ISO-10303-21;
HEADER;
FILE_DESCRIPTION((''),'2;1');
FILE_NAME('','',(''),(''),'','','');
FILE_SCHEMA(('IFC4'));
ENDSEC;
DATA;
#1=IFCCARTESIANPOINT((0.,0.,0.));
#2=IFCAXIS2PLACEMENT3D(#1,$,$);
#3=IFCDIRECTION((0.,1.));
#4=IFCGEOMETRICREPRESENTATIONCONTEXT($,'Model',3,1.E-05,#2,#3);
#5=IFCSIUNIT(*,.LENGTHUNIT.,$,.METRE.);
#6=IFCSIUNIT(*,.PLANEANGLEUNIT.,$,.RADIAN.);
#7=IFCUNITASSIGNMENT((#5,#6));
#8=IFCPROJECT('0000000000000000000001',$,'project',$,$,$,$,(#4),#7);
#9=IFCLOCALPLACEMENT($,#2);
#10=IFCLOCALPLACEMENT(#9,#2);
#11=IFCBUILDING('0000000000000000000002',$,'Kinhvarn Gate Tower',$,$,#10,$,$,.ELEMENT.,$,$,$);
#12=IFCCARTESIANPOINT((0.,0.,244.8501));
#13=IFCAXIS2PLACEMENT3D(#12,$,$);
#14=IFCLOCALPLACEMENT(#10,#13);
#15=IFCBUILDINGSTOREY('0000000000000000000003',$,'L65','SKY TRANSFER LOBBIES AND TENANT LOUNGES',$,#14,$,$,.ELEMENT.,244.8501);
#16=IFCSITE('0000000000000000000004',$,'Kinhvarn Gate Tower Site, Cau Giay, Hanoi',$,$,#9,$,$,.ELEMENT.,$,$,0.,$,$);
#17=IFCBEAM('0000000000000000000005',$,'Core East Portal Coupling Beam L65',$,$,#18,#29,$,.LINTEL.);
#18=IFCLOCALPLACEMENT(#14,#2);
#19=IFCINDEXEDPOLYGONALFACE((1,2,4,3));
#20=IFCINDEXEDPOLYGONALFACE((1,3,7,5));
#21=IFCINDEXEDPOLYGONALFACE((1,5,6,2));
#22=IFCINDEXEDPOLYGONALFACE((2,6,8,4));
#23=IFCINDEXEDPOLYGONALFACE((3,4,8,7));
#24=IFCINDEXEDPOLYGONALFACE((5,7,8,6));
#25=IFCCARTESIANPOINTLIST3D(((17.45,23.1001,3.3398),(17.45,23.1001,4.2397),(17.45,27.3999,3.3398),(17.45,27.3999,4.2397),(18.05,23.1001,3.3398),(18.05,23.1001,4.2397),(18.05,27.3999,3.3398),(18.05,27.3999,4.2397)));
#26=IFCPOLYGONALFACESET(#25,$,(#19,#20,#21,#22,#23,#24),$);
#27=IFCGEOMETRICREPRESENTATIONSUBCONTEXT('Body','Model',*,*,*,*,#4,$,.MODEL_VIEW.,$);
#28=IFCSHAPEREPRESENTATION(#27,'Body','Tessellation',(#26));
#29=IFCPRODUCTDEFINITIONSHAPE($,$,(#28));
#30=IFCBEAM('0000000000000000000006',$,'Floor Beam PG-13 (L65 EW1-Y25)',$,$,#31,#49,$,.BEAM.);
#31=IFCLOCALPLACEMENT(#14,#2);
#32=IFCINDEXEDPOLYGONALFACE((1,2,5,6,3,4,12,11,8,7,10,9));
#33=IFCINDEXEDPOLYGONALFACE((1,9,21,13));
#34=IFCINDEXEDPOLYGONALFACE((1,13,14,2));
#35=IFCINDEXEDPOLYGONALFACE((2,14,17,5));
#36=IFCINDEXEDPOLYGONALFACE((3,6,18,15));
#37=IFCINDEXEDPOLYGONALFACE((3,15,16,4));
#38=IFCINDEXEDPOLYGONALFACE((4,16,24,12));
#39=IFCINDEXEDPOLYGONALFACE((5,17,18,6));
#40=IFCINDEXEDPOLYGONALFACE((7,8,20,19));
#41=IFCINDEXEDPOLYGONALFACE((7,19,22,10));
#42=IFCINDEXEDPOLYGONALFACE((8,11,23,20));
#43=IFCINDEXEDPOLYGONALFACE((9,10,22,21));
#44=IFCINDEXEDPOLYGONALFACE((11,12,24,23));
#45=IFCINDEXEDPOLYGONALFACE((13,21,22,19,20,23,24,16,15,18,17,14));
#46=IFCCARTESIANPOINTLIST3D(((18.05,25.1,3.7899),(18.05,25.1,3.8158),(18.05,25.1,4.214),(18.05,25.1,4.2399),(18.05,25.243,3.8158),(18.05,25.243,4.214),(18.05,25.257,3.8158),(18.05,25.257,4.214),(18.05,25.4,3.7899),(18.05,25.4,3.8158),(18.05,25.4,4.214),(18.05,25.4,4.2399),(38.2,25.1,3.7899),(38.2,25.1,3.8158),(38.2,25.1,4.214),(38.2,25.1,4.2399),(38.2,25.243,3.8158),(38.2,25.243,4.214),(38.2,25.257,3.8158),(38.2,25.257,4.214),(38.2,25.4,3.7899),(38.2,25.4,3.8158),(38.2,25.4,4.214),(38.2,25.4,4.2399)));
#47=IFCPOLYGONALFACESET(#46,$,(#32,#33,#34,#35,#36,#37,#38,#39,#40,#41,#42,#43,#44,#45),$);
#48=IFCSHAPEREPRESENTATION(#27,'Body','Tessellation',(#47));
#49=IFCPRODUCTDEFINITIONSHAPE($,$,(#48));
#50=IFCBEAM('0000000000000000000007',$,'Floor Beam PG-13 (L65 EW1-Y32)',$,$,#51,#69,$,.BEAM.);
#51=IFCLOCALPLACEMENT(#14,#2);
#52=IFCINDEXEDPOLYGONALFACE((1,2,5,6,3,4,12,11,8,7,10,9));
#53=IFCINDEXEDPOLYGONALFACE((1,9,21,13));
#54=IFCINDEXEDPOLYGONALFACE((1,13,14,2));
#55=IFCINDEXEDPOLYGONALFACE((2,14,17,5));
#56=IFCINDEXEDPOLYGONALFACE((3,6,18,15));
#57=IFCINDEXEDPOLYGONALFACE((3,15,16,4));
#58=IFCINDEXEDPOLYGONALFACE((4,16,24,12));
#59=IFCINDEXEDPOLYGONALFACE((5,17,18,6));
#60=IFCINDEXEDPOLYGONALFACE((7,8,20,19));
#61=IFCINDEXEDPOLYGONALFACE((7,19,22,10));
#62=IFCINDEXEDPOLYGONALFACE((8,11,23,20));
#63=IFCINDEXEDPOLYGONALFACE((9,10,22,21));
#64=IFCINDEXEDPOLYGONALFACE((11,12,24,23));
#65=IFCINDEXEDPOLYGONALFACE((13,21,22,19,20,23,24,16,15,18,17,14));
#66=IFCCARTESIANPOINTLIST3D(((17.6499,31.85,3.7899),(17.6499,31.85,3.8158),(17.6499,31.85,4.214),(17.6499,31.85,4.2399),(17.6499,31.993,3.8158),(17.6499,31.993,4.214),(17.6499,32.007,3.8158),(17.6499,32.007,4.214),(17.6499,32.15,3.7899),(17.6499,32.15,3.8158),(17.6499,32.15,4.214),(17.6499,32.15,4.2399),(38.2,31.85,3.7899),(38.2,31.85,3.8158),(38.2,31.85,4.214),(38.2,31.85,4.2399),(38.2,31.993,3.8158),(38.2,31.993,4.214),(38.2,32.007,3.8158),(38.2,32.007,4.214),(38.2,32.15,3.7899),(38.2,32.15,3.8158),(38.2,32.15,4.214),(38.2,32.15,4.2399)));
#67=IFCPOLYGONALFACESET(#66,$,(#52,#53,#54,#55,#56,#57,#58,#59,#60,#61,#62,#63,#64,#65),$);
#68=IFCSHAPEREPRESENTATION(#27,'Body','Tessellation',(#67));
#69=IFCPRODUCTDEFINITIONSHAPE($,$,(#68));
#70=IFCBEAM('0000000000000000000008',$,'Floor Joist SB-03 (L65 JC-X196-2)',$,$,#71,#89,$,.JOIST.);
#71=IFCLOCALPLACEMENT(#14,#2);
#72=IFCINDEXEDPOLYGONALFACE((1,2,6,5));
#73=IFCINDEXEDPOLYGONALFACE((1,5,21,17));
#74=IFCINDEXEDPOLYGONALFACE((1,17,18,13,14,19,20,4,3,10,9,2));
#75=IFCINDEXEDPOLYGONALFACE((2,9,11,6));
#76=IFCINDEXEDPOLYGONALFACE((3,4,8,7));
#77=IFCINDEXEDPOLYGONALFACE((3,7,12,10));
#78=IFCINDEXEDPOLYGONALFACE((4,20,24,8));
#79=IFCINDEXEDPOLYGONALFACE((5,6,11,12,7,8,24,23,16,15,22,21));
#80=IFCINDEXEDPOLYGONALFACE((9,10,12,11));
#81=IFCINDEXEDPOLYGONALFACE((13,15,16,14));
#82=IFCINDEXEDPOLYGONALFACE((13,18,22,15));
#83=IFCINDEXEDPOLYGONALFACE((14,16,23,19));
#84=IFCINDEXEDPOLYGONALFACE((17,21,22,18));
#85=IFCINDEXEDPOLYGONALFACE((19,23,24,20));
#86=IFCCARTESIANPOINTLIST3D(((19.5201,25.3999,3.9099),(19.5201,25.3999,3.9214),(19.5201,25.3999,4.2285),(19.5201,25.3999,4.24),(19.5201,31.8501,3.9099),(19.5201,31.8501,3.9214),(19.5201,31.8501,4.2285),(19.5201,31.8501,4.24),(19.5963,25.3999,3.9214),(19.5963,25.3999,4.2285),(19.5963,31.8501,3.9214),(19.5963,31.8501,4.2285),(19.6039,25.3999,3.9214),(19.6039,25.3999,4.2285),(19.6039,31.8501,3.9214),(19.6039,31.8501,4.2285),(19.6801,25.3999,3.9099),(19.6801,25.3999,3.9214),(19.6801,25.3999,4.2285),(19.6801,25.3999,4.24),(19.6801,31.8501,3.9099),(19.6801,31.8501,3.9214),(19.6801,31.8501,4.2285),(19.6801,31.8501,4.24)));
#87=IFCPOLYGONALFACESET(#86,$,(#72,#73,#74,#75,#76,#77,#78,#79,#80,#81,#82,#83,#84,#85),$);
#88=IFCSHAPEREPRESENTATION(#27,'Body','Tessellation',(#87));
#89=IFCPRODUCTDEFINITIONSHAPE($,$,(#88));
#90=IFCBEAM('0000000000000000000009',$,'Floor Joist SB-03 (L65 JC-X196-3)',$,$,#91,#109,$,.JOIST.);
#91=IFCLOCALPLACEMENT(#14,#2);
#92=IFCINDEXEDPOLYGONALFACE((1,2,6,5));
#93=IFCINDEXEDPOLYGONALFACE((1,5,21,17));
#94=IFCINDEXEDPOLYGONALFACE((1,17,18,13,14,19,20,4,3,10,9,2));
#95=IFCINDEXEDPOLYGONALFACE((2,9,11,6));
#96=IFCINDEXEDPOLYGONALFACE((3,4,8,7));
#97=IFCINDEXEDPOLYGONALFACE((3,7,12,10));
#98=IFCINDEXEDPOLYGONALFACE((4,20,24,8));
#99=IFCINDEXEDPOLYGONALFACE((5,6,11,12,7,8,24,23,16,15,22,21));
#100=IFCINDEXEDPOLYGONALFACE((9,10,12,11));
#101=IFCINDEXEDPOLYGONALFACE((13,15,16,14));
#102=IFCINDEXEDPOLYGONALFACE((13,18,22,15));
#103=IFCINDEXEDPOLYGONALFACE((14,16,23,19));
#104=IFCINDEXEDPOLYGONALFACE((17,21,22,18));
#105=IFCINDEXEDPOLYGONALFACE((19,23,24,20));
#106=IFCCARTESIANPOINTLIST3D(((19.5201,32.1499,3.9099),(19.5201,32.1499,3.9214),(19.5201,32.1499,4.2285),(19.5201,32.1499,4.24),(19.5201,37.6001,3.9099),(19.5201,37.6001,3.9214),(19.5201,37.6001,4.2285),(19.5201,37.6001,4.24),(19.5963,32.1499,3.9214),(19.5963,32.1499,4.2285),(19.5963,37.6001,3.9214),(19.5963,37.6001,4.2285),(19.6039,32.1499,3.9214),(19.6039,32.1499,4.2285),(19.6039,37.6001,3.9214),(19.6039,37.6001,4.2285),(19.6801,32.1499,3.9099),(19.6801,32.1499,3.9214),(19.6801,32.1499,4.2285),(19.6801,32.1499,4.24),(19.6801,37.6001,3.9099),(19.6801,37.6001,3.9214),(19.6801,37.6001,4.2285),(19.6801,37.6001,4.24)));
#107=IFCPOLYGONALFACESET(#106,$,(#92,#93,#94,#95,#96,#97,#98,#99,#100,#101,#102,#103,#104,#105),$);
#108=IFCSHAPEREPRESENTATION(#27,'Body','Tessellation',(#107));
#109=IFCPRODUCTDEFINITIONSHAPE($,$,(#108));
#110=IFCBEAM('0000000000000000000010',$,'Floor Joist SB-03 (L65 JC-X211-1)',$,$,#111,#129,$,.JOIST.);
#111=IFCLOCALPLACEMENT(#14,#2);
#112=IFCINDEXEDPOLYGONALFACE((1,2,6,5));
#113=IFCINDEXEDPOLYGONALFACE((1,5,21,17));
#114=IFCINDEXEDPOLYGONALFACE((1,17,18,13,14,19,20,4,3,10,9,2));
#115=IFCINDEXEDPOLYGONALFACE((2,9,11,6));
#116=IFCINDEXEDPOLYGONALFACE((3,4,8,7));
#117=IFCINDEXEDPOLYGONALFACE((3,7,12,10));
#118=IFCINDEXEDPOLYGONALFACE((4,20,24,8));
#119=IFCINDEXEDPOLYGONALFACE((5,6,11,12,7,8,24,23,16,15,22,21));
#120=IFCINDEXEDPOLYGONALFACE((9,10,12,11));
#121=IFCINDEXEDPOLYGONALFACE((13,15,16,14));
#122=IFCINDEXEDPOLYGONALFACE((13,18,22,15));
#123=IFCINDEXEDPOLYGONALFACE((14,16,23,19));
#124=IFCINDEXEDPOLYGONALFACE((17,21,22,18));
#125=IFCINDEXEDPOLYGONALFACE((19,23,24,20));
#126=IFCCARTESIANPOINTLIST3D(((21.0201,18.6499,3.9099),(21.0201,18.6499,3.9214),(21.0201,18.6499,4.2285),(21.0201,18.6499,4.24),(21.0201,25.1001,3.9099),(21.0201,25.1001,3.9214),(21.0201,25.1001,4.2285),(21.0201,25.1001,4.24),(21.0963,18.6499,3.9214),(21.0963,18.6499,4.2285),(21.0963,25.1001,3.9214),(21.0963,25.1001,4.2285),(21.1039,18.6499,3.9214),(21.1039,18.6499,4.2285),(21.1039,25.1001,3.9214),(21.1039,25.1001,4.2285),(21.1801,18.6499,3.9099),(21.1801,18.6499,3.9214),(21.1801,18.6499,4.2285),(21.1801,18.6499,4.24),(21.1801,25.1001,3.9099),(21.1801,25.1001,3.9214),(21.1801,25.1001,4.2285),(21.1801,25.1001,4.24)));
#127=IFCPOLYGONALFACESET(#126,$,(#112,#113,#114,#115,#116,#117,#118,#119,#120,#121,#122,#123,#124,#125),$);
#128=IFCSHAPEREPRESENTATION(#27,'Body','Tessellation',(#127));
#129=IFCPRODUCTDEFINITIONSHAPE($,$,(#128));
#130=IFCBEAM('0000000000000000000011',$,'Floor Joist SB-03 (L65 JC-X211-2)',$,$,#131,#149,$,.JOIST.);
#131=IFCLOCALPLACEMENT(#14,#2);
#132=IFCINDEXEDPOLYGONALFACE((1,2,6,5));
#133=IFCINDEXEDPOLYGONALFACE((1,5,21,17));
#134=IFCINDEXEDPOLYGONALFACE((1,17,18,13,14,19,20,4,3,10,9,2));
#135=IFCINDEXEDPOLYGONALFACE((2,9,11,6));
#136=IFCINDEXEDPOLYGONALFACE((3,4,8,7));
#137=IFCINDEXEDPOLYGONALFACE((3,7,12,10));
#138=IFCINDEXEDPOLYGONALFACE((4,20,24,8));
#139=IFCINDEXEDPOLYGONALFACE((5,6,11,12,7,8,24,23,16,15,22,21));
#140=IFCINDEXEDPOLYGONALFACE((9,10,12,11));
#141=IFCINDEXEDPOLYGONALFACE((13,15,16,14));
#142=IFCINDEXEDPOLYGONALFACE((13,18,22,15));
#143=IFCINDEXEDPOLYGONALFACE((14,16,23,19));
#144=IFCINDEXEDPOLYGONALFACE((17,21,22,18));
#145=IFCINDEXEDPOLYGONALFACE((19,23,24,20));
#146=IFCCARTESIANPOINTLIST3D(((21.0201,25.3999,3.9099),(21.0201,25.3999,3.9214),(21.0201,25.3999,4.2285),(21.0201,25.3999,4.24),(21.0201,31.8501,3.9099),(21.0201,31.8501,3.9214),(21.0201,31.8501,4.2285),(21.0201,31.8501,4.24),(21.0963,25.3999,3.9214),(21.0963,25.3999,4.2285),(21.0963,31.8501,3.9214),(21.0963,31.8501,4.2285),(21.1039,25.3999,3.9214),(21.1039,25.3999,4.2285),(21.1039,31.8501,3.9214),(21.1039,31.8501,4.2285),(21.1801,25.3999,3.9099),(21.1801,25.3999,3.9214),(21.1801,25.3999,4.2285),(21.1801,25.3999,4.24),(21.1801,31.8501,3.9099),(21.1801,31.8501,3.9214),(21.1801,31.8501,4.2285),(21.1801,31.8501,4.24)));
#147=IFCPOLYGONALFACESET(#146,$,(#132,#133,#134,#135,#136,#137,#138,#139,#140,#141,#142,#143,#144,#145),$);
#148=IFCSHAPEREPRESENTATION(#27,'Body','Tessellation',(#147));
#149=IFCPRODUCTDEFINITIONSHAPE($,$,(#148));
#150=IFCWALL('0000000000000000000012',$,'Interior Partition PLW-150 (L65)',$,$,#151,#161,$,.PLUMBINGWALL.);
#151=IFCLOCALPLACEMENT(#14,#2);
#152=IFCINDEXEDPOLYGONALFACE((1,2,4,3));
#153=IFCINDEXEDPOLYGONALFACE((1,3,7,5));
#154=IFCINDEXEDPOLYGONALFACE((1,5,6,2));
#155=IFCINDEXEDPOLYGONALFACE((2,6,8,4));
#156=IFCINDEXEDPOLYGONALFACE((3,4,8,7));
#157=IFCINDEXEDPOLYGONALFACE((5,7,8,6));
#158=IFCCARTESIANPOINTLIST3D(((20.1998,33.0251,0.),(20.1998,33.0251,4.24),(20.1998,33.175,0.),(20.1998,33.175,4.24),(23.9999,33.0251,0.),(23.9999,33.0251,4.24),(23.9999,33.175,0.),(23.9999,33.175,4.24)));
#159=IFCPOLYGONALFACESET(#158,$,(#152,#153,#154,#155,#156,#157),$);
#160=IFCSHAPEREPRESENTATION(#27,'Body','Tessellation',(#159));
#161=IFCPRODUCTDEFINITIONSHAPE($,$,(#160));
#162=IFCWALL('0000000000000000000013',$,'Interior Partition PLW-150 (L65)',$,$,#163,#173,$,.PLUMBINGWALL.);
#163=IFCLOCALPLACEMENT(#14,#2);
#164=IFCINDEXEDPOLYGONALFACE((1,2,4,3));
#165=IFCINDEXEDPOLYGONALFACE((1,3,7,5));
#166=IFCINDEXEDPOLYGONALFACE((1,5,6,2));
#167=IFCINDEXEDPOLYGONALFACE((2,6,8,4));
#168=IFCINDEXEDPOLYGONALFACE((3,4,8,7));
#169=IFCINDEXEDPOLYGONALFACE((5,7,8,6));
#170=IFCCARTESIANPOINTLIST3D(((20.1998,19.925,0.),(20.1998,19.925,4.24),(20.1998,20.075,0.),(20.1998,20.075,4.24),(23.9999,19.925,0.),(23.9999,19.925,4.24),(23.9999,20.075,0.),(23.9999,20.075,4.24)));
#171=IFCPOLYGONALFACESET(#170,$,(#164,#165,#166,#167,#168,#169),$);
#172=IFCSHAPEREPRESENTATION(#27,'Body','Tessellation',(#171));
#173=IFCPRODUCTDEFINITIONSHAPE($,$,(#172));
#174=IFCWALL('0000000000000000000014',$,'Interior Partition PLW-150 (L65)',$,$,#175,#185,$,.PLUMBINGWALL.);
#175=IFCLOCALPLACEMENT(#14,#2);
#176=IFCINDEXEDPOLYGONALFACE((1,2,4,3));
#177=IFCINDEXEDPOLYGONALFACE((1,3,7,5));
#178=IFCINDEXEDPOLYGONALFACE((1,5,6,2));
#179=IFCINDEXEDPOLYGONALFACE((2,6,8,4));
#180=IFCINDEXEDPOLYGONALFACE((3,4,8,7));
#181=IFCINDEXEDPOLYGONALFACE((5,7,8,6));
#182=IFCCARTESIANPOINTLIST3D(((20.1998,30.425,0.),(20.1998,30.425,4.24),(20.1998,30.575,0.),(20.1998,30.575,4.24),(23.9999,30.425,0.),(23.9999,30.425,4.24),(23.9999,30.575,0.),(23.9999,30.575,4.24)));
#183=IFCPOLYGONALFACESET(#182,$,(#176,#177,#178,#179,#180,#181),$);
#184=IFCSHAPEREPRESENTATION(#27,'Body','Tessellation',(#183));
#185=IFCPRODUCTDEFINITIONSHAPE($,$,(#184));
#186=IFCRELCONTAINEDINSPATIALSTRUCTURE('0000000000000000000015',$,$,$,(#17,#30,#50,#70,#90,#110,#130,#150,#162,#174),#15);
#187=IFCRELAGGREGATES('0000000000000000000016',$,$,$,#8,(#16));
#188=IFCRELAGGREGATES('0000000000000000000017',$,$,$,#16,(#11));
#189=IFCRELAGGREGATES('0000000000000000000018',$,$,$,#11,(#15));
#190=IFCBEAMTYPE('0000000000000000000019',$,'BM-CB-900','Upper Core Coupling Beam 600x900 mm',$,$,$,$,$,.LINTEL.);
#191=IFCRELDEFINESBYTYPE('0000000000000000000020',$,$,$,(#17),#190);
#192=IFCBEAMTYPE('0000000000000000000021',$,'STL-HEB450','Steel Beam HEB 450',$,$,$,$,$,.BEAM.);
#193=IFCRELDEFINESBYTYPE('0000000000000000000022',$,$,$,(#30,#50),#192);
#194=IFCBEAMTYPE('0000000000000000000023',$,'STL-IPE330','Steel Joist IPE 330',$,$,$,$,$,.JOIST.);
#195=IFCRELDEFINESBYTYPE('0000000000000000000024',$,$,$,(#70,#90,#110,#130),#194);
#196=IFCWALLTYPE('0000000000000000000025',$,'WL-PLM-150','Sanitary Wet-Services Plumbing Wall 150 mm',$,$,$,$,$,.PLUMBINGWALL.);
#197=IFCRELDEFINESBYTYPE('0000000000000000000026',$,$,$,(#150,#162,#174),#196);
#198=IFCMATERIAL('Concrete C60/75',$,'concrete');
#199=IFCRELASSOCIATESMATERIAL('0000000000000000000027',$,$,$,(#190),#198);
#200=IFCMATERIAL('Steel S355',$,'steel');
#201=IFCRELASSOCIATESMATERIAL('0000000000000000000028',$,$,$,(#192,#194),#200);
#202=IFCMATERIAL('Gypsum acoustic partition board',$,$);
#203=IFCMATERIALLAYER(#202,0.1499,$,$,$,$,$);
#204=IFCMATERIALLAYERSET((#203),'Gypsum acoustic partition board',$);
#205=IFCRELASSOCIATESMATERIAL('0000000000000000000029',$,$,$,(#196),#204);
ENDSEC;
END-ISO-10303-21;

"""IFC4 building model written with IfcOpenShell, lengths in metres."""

from ifc_helpers import new_model, si_unit, direction, frame, frame_2d, origin, origin_2d, place, context, subcontext, project, spatial, rectangle, i_section, extrude, material, layer, layer_set, material_profile, profile_set, type_object, element, save


model = new_model("IFC4")

# Units and contexts
model_context = context("Model", 3, precision=1e-05, world=origin(), true_north=direction((0.0, 1.0)))
body_context = subcontext(model_context, "Body", "Model", "MODEL_VIEW")
ifc_project = project(units=[si_unit("LENGTHUNIT", "METRE"), si_unit("PLANEANGLEUNIT", "RADIAN")], contexts=[model_context])

# Site, building, storey
site_placement = place(None, origin())
site = spatial("IfcSite", under=ifc_project, at=site_placement, Name="Kinhvarn Gate Tower Site, Cau Giay, Hanoi", CompositionType="ELEMENT", RefElevation=0.0)
building_placement = place(site_placement, origin())
building = spatial("IfcBuilding", under=site, at=building_placement, Name="Kinhvarn Gate Tower", CompositionType="ELEMENT")
storey_placement = place(building_placement, frame((0.0, 0.0, 244.8501)))
storey = spatial("IfcBuildingStorey", under=building, at=storey_placement, Name="L65", Description="SKY TRANSFER LOBBIES AND TENANT LOUNGES", CompositionType="ELEMENT", Elevation=244.8501)

# Beams
ifc_material_1 = material(Name="Concrete C60/75", Category="concrete")
ifc_material_profile_1 = material_profile(ifc_material_1, rectangle(XDim=0.6001, YDim=0.8999, at=origin_2d()), Name="RC 600x900")
ifc_profile_set_1 = profile_set([ifc_material_profile_1], Name="Concrete C60/75")
beam_type_1 = type_object("IfcBeamType", Name="BM-CB-900", Description="Upper Core Coupling Beam 600x900 mm", PredefinedType="LINTEL", material=ifc_profile_set_1)
beam_1_placement = place(storey_placement, frame((17.75, 23.1001, 3.7898), z_axis=(0.0, 1.0, 0.0), x_axis=(-1.0, 0.0, 0.0)))
element("IfcBeam", 1, at=beam_1_placement, inside=storey, type_object=beam_type_1, Name="Core East Portal Coupling Beam L65", PredefinedType="LINTEL", context=body_context, shape_type="SweptSolid", body=[
    extrude(rectangle(XDim=0.6001, YDim=0.8999, at=origin_2d()), origin(), (0.0, 0.0, 1.0), 4.2998),
])
ifc_material_2 = material(Name="Steel S355", Category="steel")
ifc_material_profile_2 = material_profile(ifc_material_2, i_section(OverallWidth=0.3, OverallDepth=0.45, WebThickness=0.0139, FlangeThickness=0.0259, at=origin_2d()), Name="HEB 450")
ifc_profile_set_2 = profile_set([ifc_material_profile_2], Name="Steel S355")
beam_type_2 = type_object("IfcBeamType", Name="STL-HEB450", Description="Steel Beam HEB 450", PredefinedType="BEAM", material=ifc_profile_set_2)
beam_2_placement = place(storey_placement, frame((18.05, 25.25, 4.0149), z_axis=(1.0, 0.0, 0.0), x_axis=(0.0, 1.0, 0.0)))
element("IfcBeam", 2, at=beam_2_placement, inside=storey, type_object=beam_type_2, Name="Floor Beam PG-13 (L65 EW1-Y25)", PredefinedType="BEAM", context=body_context, shape_type="SweptSolid", body=[
    extrude(i_section(OverallWidth=0.3, OverallDepth=0.45, WebThickness=0.0139, FlangeThickness=0.0259, at=origin_2d()), origin(), (0.0, 0.0, 1.0), 20.1499),
])
beam_3_placement = place(storey_placement, frame((17.6499, 32.0, 4.0149), z_axis=(1.0, 0.0, 0.0), x_axis=(0.0, 1.0, 0.0)))
element("IfcBeam", 3, at=beam_3_placement, inside=storey, type_object=beam_type_2, Name="Floor Beam PG-13 (L65 EW1-Y32)", PredefinedType="BEAM", context=body_context, shape_type="SweptSolid", body=[
    extrude(i_section(OverallWidth=0.3, OverallDepth=0.45, WebThickness=0.0139, FlangeThickness=0.0259, at=origin_2d()), origin(), (0.0, 0.0, 1.0), 20.55),
])
ifc_material_profile_3 = material_profile(ifc_material_2, i_section(OverallWidth=0.1599, OverallDepth=0.3301, WebThickness=0.0076, FlangeThickness=0.0115, at=origin_2d()), Name="IPE 330")
ifc_profile_set_3 = profile_set([ifc_material_profile_3], Name="Steel S355")
beam_type_3 = type_object("IfcBeamType", Name="STL-IPE330", Description="Steel Joist IPE 330", PredefinedType="JOIST", material=ifc_profile_set_3)
beam_4_placement = place(storey_placement, frame((19.6001, 25.3999, 4.075), z_axis=(0.0, 1.0, 0.0), x_axis=(-1.0, 0.0, 0.0)))
element("IfcBeam", 4, at=beam_4_placement, inside=storey, type_object=beam_type_3, Name="Floor Joist SB-03 (L65 JC-X196-2)", PredefinedType="JOIST", context=body_context, shape_type="SweptSolid", body=[
    extrude(i_section(OverallWidth=0.1599, OverallDepth=0.3301, WebThickness=0.0076, FlangeThickness=0.0115, at=origin_2d()), origin(), (0.0, 0.0, 1.0), 6.4502),
])
beam_5_placement = place(storey_placement, frame((19.6001, 32.1499, 4.075), z_axis=(0.0, 1.0, 0.0), x_axis=(-1.0, 0.0, 0.0)))
element("IfcBeam", 5, at=beam_5_placement, inside=storey, type_object=beam_type_3, Name="Floor Joist SB-03 (L65 JC-X196-3)", PredefinedType="JOIST", context=body_context, shape_type="SweptSolid", body=[
    extrude(i_section(OverallWidth=0.1599, OverallDepth=0.3301, WebThickness=0.0076, FlangeThickness=0.0115, at=origin_2d()), origin(), (0.0, 0.0, 1.0), 5.4502),
])
for number, where, z_axis, x_axis, name in (
    (6, (21.1001, 18.6499, 4.075), (0.0, 1.0, 0.0), (-1.0, 0.0, 0.0), "Floor Joist SB-03 (L65 JC-X211-1)"),
    (7, (21.1001, 25.3999, 4.075), (0.0, 1.0, 0.0), (-1.0, 0.0, 0.0), "Floor Joist SB-03 (L65 JC-X211-2)"),
):
    element("IfcBeam", number, at=place(storey_placement, frame(where, z_axis=z_axis, x_axis=x_axis)), inside=storey, type_object=beam_type_3, Name=name, PredefinedType="JOIST", context=body_context, shape_type="SweptSolid", body=[
        extrude(i_section(OverallWidth=0.1599, OverallDepth=0.3301, WebThickness=0.0076, FlangeThickness=0.0115, at=origin_2d()), origin(), (0.0, 0.0, 1.0), 6.4502),
    ])

# Walls
ifc_material_3 = material(Name="Gypsum acoustic partition board")
ifc_layer_1 = layer(ifc_material_3, 0.1499)
ifc_layer_set_1 = layer_set([ifc_layer_1], Name="Gypsum acoustic partition board")
wall_type_1 = type_object("IfcWallType", Name="WL-PLM-150", Description="Sanitary Wet-Services Plumbing Wall 150 mm", PredefinedType="PLUMBINGWALL", material=ifc_layer_set_1)
for number, where, z_axis, x_axis, name in (
    (8, (20.2, 33.1001, 0.0), (0.0, 0.0, 1.0), (1.0, 0.0, 0.0), "Interior Partition PLW-150 (L65)"),
    (9, (20.2, 20.0, 0.0), (0.0, 0.0, 1.0), (1.0, 0.0, 0.0), "Interior Partition PLW-150 (L65)"),
    (10, (20.2, 30.5, 0.0), (0.0, 0.0, 1.0), (1.0, 0.0, 0.0), "Interior Partition PLW-150 (L65)"),
):
    element("IfcWall", number, at=place(storey_placement, frame(where, z_axis=z_axis, x_axis=x_axis)), inside=storey, type_object=wall_type_1, Name=name, PredefinedType="PLUMBINGWALL", context=body_context, shape_type="SweptSolid", body=[
        extrude(rectangle(XDim=3.8, YDim=0.1499, at=frame_2d((1.8999, 0.0))), origin(), (0.0, 0.0, 1.0), 4.24),
    ])

save(model, "model.ifc")
